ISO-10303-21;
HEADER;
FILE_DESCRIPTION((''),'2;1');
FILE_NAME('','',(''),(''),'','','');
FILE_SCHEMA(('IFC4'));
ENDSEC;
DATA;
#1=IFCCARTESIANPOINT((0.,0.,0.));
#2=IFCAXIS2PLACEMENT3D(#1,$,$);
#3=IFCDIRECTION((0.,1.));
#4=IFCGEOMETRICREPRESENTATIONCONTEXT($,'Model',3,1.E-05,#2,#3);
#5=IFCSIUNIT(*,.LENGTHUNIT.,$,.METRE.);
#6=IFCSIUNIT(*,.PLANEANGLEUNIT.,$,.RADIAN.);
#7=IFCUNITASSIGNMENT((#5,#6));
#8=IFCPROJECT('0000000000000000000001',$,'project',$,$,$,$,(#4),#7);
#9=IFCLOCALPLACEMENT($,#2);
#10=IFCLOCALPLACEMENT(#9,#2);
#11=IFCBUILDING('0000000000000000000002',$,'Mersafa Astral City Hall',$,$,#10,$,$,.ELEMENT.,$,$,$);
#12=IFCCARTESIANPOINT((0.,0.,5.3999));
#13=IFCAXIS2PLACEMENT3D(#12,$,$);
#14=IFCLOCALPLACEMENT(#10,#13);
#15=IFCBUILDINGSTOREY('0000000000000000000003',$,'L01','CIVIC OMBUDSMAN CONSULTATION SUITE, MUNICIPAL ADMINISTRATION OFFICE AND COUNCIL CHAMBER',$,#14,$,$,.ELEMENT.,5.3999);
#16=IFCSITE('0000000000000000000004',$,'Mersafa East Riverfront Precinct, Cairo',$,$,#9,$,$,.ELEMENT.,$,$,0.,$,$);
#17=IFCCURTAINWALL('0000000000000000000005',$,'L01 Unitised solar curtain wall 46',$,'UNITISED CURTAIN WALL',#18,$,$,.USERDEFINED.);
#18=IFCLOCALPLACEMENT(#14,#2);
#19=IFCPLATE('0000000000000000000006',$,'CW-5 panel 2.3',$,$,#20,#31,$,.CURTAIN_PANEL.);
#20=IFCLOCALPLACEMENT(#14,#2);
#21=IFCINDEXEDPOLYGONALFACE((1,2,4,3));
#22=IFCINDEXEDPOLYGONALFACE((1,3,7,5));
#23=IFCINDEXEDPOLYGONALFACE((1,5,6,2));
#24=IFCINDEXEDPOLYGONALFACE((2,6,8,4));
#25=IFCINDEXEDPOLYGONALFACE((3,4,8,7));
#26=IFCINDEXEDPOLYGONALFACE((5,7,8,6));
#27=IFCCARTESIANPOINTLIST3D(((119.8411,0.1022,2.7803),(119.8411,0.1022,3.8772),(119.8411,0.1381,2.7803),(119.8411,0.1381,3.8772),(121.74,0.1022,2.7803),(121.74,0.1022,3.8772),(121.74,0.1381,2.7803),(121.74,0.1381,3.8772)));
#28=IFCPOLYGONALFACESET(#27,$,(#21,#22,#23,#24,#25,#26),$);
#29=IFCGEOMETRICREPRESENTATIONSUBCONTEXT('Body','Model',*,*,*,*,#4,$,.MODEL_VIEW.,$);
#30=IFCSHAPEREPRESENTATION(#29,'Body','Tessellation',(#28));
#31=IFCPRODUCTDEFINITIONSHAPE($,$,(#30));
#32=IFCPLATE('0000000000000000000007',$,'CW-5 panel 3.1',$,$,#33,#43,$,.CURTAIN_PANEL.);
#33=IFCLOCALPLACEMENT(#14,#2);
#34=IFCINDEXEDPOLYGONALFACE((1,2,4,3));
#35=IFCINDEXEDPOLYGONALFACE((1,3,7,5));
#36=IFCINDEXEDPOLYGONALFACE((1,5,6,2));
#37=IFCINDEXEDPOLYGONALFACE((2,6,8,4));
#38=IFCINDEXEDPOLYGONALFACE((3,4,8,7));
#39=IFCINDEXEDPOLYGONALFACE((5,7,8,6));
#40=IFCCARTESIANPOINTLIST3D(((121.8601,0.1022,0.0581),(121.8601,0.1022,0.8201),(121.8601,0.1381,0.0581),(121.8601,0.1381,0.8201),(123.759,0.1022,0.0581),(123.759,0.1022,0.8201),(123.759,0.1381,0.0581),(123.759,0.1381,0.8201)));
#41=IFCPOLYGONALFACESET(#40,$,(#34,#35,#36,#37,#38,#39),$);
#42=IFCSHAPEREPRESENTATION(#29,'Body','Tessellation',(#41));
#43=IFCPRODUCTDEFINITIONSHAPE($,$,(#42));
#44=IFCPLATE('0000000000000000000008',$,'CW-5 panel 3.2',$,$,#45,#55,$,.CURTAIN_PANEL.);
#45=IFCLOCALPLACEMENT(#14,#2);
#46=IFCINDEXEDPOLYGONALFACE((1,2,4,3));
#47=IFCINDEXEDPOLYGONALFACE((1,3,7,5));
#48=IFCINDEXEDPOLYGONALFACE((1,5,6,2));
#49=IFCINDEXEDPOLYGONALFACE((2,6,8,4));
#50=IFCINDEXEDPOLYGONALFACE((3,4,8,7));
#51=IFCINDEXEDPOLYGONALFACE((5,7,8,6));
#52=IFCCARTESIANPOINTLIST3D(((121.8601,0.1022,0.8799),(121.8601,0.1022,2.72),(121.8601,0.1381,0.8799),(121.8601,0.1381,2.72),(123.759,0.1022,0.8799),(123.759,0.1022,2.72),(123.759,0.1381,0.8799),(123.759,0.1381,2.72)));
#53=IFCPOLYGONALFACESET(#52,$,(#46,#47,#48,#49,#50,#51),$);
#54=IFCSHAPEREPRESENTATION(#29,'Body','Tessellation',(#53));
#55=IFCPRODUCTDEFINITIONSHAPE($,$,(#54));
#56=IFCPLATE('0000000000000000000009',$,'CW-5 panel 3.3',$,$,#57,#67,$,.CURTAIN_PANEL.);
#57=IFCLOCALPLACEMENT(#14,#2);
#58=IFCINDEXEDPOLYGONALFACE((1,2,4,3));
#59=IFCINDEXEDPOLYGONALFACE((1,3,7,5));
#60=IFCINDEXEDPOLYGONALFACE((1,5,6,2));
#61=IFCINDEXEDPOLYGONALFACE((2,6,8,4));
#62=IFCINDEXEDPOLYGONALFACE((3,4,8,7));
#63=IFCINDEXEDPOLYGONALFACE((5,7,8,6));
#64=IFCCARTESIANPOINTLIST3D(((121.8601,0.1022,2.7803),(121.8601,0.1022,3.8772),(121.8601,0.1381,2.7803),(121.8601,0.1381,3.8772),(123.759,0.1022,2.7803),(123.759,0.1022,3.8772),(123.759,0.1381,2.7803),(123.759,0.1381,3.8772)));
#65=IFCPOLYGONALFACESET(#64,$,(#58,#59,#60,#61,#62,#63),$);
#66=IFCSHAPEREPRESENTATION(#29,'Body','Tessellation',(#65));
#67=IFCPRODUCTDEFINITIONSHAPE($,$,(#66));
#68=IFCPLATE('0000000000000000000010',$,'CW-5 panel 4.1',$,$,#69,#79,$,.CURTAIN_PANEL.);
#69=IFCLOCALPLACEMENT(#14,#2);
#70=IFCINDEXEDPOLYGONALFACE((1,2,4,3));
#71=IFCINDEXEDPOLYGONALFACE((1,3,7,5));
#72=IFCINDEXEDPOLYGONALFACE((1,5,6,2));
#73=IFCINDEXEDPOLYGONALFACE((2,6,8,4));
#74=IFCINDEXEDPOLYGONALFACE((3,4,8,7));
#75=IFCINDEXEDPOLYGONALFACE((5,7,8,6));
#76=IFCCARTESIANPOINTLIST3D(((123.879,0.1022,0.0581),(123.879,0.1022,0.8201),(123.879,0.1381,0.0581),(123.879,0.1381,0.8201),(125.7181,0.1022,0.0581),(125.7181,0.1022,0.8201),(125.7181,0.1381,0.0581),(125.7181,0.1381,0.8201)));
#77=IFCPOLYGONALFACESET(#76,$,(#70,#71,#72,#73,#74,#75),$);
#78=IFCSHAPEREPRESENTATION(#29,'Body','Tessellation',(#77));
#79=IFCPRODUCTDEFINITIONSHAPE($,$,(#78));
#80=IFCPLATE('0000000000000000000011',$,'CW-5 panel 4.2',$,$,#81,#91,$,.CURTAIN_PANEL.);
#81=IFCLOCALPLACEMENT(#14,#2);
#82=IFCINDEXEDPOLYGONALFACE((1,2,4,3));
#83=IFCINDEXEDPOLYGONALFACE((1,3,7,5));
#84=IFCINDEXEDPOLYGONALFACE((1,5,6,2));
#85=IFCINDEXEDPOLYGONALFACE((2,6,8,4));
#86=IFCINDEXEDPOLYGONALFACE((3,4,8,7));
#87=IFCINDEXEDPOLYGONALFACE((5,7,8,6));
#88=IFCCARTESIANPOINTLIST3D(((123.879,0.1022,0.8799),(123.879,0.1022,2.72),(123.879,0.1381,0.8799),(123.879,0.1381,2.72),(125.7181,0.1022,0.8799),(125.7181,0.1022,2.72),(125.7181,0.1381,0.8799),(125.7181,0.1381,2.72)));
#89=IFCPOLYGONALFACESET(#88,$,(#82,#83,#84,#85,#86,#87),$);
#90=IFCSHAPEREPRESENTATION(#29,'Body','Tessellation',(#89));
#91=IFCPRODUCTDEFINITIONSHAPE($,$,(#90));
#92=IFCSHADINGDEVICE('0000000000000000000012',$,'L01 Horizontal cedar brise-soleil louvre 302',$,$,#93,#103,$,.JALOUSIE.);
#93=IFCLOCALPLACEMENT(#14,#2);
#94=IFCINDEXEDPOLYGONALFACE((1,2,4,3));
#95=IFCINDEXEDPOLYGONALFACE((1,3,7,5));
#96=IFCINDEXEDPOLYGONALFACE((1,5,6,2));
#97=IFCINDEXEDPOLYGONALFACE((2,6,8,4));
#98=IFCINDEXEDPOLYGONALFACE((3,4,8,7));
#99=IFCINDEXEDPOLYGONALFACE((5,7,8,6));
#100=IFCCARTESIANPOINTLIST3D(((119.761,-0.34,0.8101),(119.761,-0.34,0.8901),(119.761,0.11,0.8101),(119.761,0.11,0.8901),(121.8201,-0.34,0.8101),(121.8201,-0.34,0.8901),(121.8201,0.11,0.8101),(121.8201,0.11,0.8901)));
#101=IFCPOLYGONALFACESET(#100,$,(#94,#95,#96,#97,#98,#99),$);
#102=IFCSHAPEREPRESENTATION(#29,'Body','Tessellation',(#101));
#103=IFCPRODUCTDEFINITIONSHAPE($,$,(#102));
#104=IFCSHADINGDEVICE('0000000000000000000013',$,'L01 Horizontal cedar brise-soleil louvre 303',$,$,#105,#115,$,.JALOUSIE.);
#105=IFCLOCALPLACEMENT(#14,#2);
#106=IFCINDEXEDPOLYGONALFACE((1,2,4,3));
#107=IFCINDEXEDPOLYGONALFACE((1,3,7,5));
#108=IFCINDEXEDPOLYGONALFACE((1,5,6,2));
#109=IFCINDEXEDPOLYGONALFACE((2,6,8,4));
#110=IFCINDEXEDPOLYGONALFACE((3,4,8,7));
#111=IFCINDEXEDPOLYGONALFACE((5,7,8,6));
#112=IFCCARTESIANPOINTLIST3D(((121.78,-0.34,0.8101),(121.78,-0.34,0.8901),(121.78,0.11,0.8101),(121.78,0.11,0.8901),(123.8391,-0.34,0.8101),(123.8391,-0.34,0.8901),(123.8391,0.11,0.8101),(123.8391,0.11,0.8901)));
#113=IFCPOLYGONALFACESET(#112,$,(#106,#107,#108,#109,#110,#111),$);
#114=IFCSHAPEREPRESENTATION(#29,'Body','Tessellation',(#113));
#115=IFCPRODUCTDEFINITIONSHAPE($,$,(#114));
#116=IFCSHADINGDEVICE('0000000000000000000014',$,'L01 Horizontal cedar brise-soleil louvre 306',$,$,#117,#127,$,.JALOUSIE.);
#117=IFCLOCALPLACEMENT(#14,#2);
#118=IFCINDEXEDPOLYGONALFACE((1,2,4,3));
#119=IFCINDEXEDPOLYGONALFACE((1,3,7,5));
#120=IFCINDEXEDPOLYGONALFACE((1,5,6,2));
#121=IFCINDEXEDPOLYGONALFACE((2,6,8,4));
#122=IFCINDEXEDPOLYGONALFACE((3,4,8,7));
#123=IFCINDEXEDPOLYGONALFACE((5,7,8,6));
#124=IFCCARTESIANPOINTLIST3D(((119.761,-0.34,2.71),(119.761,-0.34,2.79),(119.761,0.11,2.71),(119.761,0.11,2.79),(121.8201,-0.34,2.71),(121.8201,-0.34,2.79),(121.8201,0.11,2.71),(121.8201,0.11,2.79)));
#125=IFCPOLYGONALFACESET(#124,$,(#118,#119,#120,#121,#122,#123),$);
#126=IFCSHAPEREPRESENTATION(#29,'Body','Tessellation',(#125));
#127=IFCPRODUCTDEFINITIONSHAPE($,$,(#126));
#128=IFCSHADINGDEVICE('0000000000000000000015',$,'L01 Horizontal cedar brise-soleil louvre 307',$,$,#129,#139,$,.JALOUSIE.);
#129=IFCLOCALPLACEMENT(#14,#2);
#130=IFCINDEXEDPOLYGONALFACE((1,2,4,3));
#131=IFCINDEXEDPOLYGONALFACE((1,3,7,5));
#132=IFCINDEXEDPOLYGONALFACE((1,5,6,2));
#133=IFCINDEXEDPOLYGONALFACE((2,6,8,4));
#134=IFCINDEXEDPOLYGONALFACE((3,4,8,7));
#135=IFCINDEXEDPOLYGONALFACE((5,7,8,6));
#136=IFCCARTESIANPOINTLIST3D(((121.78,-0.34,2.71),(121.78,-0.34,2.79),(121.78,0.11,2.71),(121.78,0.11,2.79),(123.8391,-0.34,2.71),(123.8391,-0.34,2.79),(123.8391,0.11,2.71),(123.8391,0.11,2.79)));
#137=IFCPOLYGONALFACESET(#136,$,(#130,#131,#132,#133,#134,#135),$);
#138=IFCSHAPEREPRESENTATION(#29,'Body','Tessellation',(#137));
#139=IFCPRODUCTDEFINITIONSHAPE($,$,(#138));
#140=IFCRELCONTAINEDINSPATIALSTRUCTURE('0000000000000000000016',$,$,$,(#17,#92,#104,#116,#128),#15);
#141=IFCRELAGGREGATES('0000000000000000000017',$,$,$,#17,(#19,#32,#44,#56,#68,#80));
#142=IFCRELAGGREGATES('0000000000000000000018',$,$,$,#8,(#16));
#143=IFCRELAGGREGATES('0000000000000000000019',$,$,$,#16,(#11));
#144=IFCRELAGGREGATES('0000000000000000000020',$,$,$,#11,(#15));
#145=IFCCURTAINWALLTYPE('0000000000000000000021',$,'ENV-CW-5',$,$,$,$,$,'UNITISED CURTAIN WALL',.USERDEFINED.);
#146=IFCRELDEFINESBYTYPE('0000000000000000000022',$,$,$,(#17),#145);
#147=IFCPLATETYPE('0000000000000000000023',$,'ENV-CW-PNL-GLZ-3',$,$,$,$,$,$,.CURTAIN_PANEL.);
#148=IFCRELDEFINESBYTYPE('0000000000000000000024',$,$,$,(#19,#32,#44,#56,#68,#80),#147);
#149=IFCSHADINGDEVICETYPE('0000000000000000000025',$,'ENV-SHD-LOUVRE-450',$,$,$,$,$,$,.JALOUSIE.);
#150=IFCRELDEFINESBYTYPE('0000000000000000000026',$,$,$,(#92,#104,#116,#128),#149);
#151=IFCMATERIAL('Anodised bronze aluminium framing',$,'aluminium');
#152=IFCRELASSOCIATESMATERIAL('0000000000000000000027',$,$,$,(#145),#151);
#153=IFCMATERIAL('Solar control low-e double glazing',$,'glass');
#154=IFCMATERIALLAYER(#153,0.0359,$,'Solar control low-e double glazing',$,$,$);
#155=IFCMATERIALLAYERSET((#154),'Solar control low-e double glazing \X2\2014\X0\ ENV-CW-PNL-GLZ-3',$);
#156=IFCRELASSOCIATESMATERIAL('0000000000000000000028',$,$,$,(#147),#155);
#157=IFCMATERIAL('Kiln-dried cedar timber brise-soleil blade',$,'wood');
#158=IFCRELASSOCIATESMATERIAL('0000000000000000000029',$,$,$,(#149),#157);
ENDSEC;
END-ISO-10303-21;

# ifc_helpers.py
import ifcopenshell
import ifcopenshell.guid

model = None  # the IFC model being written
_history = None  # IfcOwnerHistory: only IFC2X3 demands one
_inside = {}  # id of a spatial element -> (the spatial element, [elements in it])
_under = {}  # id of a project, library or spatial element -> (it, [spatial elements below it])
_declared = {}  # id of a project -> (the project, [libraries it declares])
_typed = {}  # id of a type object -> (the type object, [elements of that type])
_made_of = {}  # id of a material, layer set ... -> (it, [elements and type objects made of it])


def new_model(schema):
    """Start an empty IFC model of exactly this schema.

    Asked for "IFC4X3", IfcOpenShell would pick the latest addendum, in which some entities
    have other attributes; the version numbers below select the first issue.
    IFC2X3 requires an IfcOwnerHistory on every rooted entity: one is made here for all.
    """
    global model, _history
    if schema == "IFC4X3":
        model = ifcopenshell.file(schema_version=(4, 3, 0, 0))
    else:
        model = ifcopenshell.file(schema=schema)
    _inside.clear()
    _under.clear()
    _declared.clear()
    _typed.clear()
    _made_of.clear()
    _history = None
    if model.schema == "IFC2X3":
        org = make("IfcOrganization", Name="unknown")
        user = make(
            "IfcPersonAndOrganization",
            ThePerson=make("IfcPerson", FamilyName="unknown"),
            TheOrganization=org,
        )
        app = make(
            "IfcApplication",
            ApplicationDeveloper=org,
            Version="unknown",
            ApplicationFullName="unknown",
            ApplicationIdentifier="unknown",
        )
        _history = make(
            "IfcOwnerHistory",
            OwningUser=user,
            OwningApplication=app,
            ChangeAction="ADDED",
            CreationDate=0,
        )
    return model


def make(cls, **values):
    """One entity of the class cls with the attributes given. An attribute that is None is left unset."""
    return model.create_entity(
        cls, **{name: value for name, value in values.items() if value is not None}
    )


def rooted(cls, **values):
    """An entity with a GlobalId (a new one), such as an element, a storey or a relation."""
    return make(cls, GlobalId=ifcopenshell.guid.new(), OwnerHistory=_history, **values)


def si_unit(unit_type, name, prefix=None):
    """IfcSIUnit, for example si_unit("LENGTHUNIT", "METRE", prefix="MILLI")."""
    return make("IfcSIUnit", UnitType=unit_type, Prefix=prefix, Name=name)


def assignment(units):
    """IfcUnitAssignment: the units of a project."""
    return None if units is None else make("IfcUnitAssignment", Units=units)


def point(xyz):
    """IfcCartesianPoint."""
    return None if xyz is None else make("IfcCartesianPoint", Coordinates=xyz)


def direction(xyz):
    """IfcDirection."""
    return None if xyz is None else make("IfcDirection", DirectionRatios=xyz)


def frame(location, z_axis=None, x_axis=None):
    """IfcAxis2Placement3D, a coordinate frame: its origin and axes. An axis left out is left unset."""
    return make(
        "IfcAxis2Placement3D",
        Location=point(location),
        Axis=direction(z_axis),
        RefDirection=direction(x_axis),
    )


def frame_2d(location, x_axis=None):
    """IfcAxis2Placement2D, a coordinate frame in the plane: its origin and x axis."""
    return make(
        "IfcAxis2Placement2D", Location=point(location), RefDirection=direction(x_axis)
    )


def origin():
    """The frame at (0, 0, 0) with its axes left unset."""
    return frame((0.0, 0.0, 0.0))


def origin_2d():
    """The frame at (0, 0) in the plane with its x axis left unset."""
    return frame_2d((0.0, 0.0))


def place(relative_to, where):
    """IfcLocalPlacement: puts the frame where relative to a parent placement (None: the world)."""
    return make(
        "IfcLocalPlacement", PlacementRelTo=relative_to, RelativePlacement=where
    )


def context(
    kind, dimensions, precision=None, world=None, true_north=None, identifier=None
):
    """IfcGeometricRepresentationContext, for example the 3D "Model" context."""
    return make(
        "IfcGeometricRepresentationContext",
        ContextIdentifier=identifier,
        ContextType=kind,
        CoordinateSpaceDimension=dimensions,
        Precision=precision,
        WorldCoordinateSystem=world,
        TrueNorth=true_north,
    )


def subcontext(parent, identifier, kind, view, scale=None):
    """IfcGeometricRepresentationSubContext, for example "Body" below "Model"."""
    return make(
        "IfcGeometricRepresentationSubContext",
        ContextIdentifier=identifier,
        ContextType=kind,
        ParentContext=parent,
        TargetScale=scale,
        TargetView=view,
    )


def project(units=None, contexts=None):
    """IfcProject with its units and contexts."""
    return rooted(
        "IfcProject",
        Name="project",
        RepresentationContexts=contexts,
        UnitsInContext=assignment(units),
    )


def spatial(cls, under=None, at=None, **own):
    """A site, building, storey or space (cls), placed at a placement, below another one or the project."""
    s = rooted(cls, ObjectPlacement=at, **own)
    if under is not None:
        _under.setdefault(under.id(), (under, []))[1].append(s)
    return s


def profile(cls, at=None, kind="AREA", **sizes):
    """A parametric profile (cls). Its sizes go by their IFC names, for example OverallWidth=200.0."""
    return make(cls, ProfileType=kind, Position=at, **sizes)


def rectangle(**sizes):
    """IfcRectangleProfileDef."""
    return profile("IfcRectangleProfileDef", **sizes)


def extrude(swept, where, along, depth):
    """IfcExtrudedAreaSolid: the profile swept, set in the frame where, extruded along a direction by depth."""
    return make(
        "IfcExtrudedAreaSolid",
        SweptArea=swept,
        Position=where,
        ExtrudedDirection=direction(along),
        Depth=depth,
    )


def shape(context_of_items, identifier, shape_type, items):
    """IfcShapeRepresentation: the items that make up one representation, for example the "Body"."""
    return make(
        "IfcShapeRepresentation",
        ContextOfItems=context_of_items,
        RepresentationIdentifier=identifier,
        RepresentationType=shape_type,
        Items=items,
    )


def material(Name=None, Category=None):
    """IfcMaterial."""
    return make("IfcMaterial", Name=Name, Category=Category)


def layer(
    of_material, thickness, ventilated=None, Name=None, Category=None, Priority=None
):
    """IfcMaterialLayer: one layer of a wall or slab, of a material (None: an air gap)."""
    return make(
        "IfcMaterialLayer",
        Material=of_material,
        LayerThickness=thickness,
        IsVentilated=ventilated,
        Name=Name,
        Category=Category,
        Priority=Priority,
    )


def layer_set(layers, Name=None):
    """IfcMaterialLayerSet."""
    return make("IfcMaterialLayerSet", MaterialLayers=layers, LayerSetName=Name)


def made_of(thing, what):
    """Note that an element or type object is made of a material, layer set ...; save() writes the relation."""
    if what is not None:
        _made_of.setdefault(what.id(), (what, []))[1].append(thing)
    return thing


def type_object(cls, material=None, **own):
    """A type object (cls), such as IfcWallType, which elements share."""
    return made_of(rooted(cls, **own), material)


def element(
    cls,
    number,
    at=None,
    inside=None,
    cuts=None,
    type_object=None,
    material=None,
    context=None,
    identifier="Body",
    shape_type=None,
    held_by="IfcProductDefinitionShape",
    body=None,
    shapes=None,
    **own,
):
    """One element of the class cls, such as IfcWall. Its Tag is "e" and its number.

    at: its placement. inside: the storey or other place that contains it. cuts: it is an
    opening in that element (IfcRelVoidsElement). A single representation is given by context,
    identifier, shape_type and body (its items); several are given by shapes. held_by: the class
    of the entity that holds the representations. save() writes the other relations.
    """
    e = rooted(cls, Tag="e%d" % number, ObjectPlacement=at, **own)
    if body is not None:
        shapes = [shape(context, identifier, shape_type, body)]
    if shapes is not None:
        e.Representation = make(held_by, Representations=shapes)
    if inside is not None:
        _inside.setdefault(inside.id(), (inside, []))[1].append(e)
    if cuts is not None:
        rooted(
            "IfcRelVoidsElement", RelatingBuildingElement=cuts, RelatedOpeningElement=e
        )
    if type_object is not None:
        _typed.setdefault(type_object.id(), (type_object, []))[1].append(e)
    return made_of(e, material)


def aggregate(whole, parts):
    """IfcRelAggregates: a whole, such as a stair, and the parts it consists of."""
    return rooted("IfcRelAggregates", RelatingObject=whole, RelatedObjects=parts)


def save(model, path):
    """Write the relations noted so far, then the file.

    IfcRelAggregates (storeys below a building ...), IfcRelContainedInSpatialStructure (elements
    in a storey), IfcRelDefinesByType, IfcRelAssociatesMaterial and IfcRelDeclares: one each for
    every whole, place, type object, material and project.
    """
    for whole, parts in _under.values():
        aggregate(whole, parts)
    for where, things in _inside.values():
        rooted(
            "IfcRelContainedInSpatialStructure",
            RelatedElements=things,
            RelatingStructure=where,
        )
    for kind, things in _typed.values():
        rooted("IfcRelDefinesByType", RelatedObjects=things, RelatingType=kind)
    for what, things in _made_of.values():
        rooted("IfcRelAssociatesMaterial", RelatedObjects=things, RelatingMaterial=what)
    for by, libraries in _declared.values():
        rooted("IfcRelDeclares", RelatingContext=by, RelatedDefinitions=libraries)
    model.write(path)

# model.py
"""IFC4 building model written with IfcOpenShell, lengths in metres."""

from ifc_helpers import new_model, si_unit, direction, frame, origin, origin_2d, place, context, subcontext, project, spatial, rectangle, extrude, material, layer, layer_set, type_object, element, aggregate, save


model = new_model("IFC4")

# Units and contexts
model_context = context("Model", 3, precision=1e-05, world=origin(), true_north=direction((0.0, 1.0)))
body_context = subcontext(model_context, "Body", "Model", "MODEL_VIEW")
ifc_project = project(units=[si_unit("LENGTHUNIT", "METRE"), si_unit("PLANEANGLEUNIT", "RADIAN")], contexts=[model_context])

# Site, building, storey
site_placement = place(None, origin())
site = spatial("IfcSite", under=ifc_project, at=site_placement, Name="Mersafa East Riverfront Precinct, Cairo", CompositionType="ELEMENT", RefElevation=0.0)
building_placement = place(site_placement, origin())
building = spatial("IfcBuilding", under=site, at=building_placement, Name="Mersafa Astral City Hall", CompositionType="ELEMENT")
storey_placement = place(building_placement, frame((0.0, 0.0, 5.3999)))
storey = spatial("IfcBuildingStorey", under=building, at=storey_placement, Name="L01", Description="CIVIC OMBUDSMAN CONSULTATION SUITE, MUNICIPAL ADMINISTRATION OFFICE AND COUNCIL CHAMBER", CompositionType="ELEMENT", Elevation=5.3999)

# Curtain wall
ifc_material_1 = material(Name="Anodised bronze aluminium framing", Category="aluminium")
curtain_wall_type = type_object("IfcCurtainWallType", Name="ENV-CW-5", ElementType="UNITISED CURTAIN WALL", PredefinedType="USERDEFINED", material=ifc_material_1)
curtain_wall_placement = place(storey_placement, origin())
curtain_wall = element("IfcCurtainWall", 1, at=curtain_wall_placement, inside=storey, type_object=curtain_wall_type, Name="L01 Unitised solar curtain wall 46", ObjectType="UNITISED CURTAIN WALL", PredefinedType="USERDEFINED")

# Plates
ifc_material_2 = material(Name="Solar control low-e double glazing", Category="glass")
ifc_layer = layer(ifc_material_2, 0.0359, Name="Solar control low-e double glazing")
ifc_layer_set = layer_set([ifc_layer], Name="Solar control low-e double glazing — ENV-CW-PNL-GLZ-3")
plate_type = type_object("IfcPlateType", Name="ENV-CW-PNL-GLZ-3", PredefinedType="CURTAIN_PANEL", material=ifc_layer_set)
plate_1_placement = place(storey_placement, frame((120.7905, 0.1201, 2.7803), z_axis=(0.0, 0.0, 1.0), x_axis=(1.0, 0.0, 0.0)))
plate_1 = element("IfcPlate", 2, at=plate_1_placement, type_object=plate_type, Name="CW-5 panel 2.3", PredefinedType="CURTAIN_PANEL", context=body_context, shape_type="SweptSolid", body=[
    extrude(rectangle(XDim=1.8989, YDim=0.0359, at=origin_2d()), origin(), (0.0, 0.0, 1.0), 1.0969),
])
plate_2_placement = place(storey_placement, frame((122.8096, 0.1201, 0.0581), z_axis=(0.0, 0.0, 1.0), x_axis=(1.0, 0.0, 0.0)))
plate_2 = element("IfcPlate", 3, at=plate_2_placement, type_object=plate_type, Name="CW-5 panel 3.1", PredefinedType="CURTAIN_PANEL", context=body_context, shape_type="SweptSolid", body=[
    extrude(rectangle(XDim=1.8989, YDim=0.0359, at=origin_2d()), origin(), (0.0, 0.0, 1.0), 0.762),
])
plate_3_placement = place(storey_placement, frame((122.8096, 0.1201, 0.8799), z_axis=(0.0, 0.0, 1.0), x_axis=(1.0, 0.0, 0.0)))
plate_3 = element("IfcPlate", 4, at=plate_3_placement, type_object=plate_type, Name="CW-5 panel 3.2", PredefinedType="CURTAIN_PANEL", context=body_context, shape_type="SweptSolid", body=[
    extrude(rectangle(XDim=1.8989, YDim=0.0359, at=origin_2d()), origin(), (0.0, 0.0, 1.0), 1.8401),
])
plate_4_placement = place(storey_placement, frame((122.8096, 0.1201, 2.7803), z_axis=(0.0, 0.0, 1.0), x_axis=(1.0, 0.0, 0.0)))
plate_4 = element("IfcPlate", 5, at=plate_4_placement, type_object=plate_type, Name="CW-5 panel 3.3", PredefinedType="CURTAIN_PANEL", context=body_context, shape_type="SweptSolid", body=[
    extrude(rectangle(XDim=1.8989, YDim=0.0359, at=origin_2d()), origin(), (0.0, 0.0, 1.0), 1.0969),
])
plate_5_placement = place(storey_placement, frame((124.7986, 0.1201, 0.0581), z_axis=(0.0, 0.0, 1.0), x_axis=(1.0, 0.0, 0.0)))
plate_5 = element("IfcPlate", 6, at=plate_5_placement, type_object=plate_type, Name="CW-5 panel 4.1", PredefinedType="CURTAIN_PANEL", context=body_context, shape_type="SweptSolid", body=[
    extrude(rectangle(XDim=1.8391, YDim=0.0359, at=origin_2d()), origin(), (0.0, 0.0, 1.0), 0.762),
])
plate_6_placement = place(storey_placement, frame((124.7986, 0.1201, 0.8799), z_axis=(0.0, 0.0, 1.0), x_axis=(1.0, 0.0, 0.0)))
plate_6 = element("IfcPlate", 7, at=plate_6_placement, type_object=plate_type, Name="CW-5 panel 4.2", PredefinedType="CURTAIN_PANEL", context=body_context, shape_type="SweptSolid", body=[
    extrude(rectangle(XDim=1.8391, YDim=0.0359, at=origin_2d()), origin(), (0.0, 0.0, 1.0), 1.8401),
])
aggregate(curtain_wall, [plate_1, plate_2, plate_3, plate_4, plate_5, plate_6])

# Shading devices
ifc_material_3 = material(Name="Kiln-dried cedar timber brise-soleil blade", Category="wood")
shading_device_type = type_object("IfcShadingDeviceType", Name="ENV-SHD-LOUVRE-450", PredefinedType="JALOUSIE", material=ifc_material_3)
for number, where, z_axis, x_axis, name in (
    (8, (120.7905, -0.115, 0.8101), (0.0, 0.0, 1.0), (1.0, 0.0, 0.0), "L01 Horizontal cedar brise-soleil louvre 302"),
    (9, (122.8096, -0.115, 0.8101), (0.0, 0.0, 1.0), (1.0, 0.0, 0.0), "L01 Horizontal cedar brise-soleil louvre 303"),
    (10, (120.7905, -0.115, 2.71), (0.0, 0.0, 1.0), (1.0, 0.0, 0.0), "L01 Horizontal cedar brise-soleil louvre 306"),
    (11, (122.8096, -0.115, 2.71), (0.0, 0.0, 1.0), (1.0, 0.0, 0.0), "L01 Horizontal cedar brise-soleil louvre 307"),
):
    element("IfcShadingDevice", number, at=place(storey_placement, frame(where, z_axis=z_axis, x_axis=x_axis)), inside=storey, type_object=shading_device_type, Name=name, PredefinedType="JALOUSIE", context=body_context, shape_type="SweptSolid", body=[
        extrude(rectangle(XDim=2.0591, YDim=0.45, at=origin_2d()), origin(), (0.0, 0.0, 1.0), 0.0801),
    ])

save(model, "model.ifc")
